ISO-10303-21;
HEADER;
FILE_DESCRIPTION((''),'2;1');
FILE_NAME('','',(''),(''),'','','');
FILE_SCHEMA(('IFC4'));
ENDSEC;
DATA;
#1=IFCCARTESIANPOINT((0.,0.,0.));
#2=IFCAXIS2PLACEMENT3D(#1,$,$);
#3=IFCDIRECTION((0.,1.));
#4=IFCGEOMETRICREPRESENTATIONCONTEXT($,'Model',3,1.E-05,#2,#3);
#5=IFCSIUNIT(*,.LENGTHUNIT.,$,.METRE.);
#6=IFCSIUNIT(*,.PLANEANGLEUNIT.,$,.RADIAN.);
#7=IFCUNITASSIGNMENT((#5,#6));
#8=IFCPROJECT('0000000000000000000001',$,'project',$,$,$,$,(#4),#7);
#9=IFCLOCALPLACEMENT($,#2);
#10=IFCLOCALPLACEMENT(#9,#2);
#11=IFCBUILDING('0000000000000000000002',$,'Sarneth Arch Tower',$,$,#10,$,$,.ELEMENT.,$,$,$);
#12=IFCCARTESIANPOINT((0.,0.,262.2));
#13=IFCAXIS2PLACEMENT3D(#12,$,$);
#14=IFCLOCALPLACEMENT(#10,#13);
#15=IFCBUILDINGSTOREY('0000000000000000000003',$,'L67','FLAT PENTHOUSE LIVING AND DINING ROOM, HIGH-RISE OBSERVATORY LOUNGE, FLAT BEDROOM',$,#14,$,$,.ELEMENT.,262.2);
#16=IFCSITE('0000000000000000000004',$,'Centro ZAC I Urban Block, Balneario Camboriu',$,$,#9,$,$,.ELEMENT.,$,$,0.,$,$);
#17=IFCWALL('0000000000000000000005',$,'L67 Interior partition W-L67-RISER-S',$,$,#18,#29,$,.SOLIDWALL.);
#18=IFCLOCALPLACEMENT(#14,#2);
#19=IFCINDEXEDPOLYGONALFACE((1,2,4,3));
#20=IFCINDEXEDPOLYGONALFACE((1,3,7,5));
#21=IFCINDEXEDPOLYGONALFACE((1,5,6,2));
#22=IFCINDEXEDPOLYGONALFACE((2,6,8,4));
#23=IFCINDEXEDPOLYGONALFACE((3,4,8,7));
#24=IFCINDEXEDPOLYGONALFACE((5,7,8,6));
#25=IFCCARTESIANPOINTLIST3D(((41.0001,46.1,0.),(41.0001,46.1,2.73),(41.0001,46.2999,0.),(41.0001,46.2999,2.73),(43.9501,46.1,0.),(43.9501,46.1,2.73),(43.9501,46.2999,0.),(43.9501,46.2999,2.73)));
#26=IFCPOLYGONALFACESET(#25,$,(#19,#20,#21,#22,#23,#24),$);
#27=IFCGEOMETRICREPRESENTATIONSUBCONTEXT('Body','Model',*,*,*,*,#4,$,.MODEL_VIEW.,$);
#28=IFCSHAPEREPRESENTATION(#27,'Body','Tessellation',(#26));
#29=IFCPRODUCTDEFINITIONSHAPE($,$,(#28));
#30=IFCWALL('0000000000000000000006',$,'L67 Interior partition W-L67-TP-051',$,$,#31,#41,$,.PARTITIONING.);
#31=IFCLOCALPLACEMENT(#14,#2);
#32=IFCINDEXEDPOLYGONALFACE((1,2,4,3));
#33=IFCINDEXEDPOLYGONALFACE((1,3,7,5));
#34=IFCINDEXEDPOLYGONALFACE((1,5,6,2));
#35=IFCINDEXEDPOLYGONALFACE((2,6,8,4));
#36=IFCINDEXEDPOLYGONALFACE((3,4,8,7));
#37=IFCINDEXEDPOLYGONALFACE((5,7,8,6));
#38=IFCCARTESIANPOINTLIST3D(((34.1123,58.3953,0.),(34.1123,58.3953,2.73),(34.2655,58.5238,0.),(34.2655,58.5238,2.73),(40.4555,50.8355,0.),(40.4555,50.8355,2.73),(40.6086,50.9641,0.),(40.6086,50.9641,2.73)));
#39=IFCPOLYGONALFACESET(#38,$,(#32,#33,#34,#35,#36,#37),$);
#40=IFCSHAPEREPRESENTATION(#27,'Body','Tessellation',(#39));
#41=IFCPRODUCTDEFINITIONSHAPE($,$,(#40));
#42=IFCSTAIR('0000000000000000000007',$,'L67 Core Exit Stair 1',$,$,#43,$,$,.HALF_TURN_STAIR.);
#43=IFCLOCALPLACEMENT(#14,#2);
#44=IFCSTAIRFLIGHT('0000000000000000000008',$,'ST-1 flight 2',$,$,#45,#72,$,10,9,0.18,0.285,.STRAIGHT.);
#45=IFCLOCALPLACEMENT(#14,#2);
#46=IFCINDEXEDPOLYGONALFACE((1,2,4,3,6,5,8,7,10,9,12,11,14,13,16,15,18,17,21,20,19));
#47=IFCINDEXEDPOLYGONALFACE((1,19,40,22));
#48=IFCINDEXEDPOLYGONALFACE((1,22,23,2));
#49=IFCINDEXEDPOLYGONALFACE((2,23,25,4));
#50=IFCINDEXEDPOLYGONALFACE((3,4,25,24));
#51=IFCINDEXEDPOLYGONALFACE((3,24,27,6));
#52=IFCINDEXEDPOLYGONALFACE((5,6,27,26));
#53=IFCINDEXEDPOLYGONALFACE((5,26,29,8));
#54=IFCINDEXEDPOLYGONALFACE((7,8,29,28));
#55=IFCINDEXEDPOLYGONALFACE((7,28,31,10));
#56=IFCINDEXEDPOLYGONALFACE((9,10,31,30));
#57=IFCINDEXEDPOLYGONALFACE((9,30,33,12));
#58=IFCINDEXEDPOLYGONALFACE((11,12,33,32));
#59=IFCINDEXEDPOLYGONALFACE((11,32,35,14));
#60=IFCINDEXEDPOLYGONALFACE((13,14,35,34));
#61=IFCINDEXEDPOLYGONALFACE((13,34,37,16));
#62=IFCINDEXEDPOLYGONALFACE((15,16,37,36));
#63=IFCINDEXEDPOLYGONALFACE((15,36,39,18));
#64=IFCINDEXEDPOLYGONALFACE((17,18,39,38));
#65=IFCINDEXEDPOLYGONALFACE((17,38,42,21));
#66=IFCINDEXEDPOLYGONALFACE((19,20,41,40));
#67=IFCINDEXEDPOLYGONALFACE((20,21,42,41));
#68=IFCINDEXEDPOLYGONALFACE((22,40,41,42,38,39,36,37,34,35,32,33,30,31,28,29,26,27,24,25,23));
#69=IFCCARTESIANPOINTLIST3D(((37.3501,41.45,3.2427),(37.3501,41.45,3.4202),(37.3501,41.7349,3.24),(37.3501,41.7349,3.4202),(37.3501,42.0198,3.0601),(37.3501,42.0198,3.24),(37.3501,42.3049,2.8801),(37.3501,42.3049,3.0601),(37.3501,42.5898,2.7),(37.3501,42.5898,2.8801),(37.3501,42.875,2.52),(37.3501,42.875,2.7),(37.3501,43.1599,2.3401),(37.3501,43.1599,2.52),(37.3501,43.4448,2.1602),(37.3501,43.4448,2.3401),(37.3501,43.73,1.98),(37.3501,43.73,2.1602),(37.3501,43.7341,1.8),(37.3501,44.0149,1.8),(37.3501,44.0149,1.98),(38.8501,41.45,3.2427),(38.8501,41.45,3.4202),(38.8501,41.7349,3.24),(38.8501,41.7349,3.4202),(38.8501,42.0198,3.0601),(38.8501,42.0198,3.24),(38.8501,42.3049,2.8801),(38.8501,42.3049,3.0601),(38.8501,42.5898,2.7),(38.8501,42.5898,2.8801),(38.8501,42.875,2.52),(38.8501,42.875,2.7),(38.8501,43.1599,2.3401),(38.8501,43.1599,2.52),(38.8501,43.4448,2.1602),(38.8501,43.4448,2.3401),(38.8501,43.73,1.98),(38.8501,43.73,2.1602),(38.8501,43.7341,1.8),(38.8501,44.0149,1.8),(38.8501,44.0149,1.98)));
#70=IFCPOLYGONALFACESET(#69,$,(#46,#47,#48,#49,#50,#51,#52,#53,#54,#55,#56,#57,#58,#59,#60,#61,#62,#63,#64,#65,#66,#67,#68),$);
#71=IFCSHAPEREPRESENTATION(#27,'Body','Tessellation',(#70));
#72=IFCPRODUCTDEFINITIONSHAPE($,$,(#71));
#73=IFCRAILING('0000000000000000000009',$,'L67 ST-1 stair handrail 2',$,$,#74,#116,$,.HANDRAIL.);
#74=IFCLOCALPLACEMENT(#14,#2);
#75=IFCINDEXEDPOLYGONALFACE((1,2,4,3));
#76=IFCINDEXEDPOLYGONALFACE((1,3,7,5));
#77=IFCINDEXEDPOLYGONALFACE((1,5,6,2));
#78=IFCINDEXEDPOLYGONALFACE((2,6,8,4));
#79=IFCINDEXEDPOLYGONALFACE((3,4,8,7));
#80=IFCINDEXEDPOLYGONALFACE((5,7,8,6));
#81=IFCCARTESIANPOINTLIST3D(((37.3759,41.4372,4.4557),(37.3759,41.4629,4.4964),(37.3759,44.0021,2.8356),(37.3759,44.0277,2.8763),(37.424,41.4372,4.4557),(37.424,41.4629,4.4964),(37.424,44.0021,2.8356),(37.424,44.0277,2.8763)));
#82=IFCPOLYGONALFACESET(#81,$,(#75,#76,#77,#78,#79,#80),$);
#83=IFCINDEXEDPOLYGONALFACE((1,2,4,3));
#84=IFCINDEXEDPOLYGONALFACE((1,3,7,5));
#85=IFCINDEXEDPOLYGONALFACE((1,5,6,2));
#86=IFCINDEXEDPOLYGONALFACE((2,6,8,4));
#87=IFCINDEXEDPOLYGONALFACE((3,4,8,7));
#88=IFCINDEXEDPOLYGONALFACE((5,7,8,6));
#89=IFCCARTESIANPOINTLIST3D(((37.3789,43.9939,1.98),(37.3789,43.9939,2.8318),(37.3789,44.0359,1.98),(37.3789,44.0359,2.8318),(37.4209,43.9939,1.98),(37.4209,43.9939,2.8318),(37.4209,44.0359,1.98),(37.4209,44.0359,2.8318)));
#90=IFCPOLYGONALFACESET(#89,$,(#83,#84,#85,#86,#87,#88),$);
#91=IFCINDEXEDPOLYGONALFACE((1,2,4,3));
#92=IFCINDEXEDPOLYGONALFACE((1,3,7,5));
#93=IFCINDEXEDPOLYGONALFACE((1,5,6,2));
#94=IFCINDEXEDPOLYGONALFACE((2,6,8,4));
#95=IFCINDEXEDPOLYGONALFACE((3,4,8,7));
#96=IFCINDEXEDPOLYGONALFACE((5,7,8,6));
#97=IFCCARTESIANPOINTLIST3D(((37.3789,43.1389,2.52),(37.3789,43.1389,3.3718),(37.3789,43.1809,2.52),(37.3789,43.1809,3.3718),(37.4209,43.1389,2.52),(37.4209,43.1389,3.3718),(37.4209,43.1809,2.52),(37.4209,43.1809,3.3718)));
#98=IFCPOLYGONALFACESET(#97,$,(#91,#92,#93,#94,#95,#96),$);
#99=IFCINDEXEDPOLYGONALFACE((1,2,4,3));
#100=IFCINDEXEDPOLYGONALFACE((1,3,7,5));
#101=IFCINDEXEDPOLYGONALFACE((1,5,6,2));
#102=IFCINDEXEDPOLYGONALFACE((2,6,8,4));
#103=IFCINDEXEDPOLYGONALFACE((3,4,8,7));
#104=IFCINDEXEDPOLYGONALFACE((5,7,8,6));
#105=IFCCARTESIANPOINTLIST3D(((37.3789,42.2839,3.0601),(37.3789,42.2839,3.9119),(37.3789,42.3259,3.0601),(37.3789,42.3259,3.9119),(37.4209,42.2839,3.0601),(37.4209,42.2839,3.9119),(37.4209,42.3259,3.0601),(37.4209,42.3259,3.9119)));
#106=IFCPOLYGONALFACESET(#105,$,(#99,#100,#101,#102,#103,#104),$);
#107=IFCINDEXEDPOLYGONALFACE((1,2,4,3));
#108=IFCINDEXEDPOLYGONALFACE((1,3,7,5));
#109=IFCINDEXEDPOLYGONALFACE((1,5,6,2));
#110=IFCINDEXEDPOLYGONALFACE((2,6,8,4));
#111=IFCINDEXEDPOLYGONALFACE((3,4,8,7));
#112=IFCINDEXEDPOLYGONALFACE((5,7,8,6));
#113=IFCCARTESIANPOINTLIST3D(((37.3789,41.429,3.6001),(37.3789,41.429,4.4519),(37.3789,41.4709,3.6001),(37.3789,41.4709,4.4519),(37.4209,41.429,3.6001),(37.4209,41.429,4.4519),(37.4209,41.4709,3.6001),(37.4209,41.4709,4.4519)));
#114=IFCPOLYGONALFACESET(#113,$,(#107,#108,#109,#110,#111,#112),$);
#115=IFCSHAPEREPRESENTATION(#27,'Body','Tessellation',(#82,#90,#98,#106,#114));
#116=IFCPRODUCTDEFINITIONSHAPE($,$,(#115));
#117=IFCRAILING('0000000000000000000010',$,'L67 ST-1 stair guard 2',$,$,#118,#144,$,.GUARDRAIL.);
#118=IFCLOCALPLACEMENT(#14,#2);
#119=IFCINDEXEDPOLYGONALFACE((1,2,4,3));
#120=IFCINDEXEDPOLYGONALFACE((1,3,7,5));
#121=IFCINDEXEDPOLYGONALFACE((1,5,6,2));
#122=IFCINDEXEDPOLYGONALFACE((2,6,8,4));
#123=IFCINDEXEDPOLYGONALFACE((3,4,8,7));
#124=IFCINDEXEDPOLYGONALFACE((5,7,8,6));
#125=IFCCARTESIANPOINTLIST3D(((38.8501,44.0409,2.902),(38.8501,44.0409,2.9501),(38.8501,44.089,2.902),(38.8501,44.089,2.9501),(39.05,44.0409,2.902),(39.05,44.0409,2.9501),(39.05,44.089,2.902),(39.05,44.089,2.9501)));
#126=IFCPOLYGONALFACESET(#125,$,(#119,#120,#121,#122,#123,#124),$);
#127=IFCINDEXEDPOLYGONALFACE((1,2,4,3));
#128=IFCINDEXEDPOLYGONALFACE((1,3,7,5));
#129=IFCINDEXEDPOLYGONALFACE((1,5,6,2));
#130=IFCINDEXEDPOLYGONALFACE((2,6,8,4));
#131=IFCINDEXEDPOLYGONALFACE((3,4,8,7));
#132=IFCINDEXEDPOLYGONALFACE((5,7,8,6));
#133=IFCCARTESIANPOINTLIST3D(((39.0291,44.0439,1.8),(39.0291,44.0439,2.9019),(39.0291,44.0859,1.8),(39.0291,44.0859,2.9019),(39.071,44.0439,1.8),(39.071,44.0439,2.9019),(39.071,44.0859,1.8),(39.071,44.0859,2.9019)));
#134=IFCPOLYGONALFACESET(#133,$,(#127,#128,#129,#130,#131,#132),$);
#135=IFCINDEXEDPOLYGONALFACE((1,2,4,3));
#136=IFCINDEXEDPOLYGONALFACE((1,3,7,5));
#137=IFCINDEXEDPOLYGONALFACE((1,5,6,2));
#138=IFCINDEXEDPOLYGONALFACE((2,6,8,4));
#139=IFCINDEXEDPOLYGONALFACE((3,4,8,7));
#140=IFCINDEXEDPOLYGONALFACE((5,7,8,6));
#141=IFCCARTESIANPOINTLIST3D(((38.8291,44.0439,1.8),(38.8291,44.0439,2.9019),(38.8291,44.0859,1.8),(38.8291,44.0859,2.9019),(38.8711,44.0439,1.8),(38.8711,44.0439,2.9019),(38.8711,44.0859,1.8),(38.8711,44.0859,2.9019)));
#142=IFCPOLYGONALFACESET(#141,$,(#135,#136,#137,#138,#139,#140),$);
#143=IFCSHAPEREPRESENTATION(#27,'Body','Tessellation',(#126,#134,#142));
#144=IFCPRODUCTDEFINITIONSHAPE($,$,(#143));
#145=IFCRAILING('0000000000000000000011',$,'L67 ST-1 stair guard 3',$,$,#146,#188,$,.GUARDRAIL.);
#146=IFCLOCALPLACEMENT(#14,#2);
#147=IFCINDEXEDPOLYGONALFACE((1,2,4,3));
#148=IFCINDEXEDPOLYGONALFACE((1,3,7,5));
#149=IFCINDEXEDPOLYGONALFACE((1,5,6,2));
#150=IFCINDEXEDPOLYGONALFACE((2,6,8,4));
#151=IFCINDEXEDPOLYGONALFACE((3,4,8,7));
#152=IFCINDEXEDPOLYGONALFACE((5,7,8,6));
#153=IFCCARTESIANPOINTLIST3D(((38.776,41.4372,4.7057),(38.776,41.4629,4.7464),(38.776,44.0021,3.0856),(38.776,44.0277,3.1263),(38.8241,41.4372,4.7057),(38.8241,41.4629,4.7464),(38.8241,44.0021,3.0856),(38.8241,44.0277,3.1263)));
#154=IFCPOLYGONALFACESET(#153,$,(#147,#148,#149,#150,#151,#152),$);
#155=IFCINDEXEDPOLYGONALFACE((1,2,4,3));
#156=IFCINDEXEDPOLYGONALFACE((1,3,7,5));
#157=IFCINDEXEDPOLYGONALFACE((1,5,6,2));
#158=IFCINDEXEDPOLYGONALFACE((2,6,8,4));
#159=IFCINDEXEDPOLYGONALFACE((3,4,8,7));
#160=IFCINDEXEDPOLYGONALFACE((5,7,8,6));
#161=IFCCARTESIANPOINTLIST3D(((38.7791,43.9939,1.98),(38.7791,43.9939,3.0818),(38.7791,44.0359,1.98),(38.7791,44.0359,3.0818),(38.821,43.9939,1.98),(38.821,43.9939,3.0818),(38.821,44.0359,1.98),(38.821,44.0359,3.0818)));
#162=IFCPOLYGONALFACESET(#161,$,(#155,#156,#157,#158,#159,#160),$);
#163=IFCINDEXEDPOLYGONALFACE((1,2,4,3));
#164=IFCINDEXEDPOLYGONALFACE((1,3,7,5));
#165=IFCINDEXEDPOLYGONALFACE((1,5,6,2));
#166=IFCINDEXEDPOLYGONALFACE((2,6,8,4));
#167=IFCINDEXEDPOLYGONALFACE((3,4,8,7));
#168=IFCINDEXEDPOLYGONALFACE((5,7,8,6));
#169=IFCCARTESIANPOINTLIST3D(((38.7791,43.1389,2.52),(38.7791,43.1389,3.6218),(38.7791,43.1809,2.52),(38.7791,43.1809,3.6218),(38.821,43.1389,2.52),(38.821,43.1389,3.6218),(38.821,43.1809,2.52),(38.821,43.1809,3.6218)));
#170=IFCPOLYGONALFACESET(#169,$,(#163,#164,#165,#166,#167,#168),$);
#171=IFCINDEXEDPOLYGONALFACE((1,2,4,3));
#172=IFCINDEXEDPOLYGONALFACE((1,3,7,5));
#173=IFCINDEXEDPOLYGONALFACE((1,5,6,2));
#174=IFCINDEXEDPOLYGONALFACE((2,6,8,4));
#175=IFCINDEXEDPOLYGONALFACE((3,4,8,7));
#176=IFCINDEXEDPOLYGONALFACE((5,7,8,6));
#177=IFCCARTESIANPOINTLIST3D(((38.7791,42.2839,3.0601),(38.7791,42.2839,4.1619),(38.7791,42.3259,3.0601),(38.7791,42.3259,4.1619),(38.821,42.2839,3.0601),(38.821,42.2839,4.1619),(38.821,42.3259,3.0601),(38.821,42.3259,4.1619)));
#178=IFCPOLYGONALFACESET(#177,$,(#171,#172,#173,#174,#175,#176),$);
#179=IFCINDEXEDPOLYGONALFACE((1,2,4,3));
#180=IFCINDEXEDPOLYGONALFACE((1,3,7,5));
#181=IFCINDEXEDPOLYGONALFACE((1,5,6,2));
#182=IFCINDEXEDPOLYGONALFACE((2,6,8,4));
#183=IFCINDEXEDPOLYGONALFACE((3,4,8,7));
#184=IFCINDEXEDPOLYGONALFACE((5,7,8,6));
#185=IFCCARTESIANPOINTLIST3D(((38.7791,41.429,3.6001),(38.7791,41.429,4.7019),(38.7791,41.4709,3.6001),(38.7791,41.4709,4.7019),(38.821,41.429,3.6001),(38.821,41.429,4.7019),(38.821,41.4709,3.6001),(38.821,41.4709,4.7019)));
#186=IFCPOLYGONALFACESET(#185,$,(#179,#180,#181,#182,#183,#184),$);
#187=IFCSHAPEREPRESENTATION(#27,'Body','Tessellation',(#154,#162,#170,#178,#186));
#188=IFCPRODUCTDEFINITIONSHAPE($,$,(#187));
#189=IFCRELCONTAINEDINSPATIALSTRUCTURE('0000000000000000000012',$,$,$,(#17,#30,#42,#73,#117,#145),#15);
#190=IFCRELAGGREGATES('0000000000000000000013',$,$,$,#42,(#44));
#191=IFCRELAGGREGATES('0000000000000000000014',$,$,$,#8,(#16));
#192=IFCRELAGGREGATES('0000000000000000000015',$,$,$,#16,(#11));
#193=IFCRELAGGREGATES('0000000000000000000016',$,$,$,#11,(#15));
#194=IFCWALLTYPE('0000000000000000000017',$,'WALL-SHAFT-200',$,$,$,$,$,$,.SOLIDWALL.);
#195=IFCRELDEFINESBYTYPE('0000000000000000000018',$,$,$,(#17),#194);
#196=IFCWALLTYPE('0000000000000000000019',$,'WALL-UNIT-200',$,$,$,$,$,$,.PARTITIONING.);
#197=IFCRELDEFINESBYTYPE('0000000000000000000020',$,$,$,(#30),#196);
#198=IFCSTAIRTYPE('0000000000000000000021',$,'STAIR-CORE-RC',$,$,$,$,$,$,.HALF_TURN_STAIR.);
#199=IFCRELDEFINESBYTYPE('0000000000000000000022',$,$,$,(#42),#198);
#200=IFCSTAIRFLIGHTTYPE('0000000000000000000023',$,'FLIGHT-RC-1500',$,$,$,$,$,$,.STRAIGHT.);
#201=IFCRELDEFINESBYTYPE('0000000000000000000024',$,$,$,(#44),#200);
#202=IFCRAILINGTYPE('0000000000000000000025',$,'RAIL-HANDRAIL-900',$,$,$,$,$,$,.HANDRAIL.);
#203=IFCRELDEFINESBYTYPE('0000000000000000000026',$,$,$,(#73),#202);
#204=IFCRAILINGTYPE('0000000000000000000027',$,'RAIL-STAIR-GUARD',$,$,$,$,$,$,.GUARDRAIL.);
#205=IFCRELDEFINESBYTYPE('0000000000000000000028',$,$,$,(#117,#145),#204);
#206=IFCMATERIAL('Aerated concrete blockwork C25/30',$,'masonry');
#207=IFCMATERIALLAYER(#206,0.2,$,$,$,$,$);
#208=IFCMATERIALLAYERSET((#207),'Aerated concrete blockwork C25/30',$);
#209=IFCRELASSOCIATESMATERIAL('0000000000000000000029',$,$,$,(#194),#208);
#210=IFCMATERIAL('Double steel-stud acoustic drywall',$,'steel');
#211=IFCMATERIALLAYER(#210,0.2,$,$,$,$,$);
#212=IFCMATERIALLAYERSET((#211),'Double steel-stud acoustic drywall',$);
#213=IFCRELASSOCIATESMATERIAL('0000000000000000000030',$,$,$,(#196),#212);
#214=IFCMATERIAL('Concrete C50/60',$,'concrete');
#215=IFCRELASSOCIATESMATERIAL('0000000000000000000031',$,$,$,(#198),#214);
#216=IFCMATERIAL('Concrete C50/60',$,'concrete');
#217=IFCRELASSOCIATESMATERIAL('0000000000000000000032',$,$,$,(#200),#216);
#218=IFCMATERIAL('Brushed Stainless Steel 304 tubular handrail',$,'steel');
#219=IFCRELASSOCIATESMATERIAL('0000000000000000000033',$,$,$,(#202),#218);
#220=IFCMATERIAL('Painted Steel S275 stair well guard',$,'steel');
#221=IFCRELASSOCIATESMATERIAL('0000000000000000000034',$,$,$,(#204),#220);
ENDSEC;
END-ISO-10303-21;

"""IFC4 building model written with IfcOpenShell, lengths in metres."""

from ifc_helpers import new_model, si_unit, direction, frame, frame_2d, origin, origin_2d, place, context, subcontext, project, spatial, polyline, rectangle, outline, extrude, material, layer, layer_set, type_object, element, aggregate, save


model = new_model("IFC4")

# Units and contexts
model_context = context("Model", 3, precision=1e-05, world=origin(), true_north=direction((0.0, 1.0)))
body_context = subcontext(model_context, "Body", "Model", "MODEL_VIEW")
ifc_project = project(units=[si_unit("LENGTHUNIT", "METRE"), si_unit("PLANEANGLEUNIT", "RADIAN")], contexts=[model_context])

# Site, building, storey
site_placement = place(None, origin())
site = spatial("IfcSite", under=ifc_project, at=site_placement, Name="Centro ZAC I Urban Block, Balneario Camboriu", CompositionType="ELEMENT", RefElevation=0.0)
building_placement = place(site_placement, origin())
building = spatial("IfcBuilding", under=site, at=building_placement, Name="Sarneth Arch Tower", CompositionType="ELEMENT")
storey_placement = place(building_placement, frame((0.0, 0.0, 262.2)))
storey = spatial("IfcBuildingStorey", under=building, at=storey_placement, Name="L67", Description="FLAT PENTHOUSE LIVING AND DINING ROOM, HIGH-RISE OBSERVATORY LOUNGE, FLAT BEDROOM", CompositionType="ELEMENT", Elevation=262.2)

# Wall
ifc_material_1 = material(Name="Aerated concrete blockwork C25/30", Category="masonry")
ifc_layer_1 = layer(ifc_material_1, 0.2)
ifc_layer_set_1 = layer_set([ifc_layer_1], Name="Aerated concrete blockwork C25/30")
wall_type_1 = type_object("IfcWallType", Name="WALL-SHAFT-200", PredefinedType="SOLIDWALL", material=ifc_layer_set_1)
wall_1_placement = place(storey_placement, frame((41.0, 46.2, 0.0), z_axis=(0.0, 0.0, 1.0), x_axis=(1.0, 0.0, 0.0)))
element("IfcWall", 1, at=wall_1_placement, inside=storey, type_object=wall_type_1, Name="L67 Interior partition W-L67-RISER-S", PredefinedType="SOLIDWALL", context=body_context, shape_type="SweptSolid", body=[
    extrude(rectangle(XDim=2.95, YDim=0.2, at=frame_2d((1.4751, 0.0))), origin(), (0.0, 0.0, 1.0), 2.73),
])

# Wall
ifc_material_2 = material(Name="Double steel-stud acoustic drywall", Category="steel")
ifc_layer_2 = layer(ifc_material_2, 0.2)
ifc_layer_set_2 = layer_set([ifc_layer_2], Name="Double steel-stud acoustic drywall")
wall_type_2 = type_object("IfcWallType", Name="WALL-UNIT-200", PredefinedType="PARTITIONING", material=ifc_layer_set_2)
wall_2_placement = place(storey_placement, frame((40.532, 50.8999, 0.0), z_axis=(0.0, 0.0, 1.0), x_axis=(-0.642777, 0.766053, 0.0)))
element("IfcWall", 2, at=wall_2_placement, inside=storey, type_object=wall_type_2, Name="L67 Interior partition W-L67-TP-051", PredefinedType="PARTITIONING", context=body_context, shape_type="SweptSolid", body=[
    extrude(rectangle(XDim=9.8684, YDim=0.2, at=frame_2d((4.9341, 0.0))), origin(), (0.0, 0.0, 1.0), 2.73),
])

# Stair, stair flight
ifc_material_3 = material(Name="Concrete C50/60", Category="concrete")
stair_type = type_object("IfcStairType", Name="STAIR-CORE-RC", PredefinedType="HALF_TURN_STAIR", material=ifc_material_3)
stair_placement = place(storey_placement, origin())
stair = element("IfcStair", 3, at=stair_placement, inside=storey, type_object=stair_type, Name="L67 Core Exit Stair 1", PredefinedType="HALF_TURN_STAIR")
ifc_material_4 = material(Name="Concrete C50/60", Category="concrete")
stair_flight_type = type_object("IfcStairFlightType", Name="FLIGHT-RC-1500", PredefinedType="STRAIGHT", material=ifc_material_4)
stair_flight_placement = place(storey_placement, frame((38.1001, 44.0149, 1.8), z_axis=(0.0, 0.0, 1.0), x_axis=(0.0, -1.0, 0.0)))
stair_flight = element("IfcStairFlight", 4, at=stair_flight_placement, type_object=stair_flight_type, Name="ST-1 flight 2", NumberOfRisers=10, NumberOfTreads=9, PredefinedType="STRAIGHT", RiserHeight=0.18, TreadLength=0.285, context=body_context, shape_type="SweptSolid", body=[
    extrude(outline(polyline([(0.0, 0.0), (0.0, 0.1799), (0.2849, 0.1799), (0.2849, 0.3601), (0.5701, 0.3601), (0.5701, 0.54), (0.855, 0.54), (0.855, 0.72), (1.1399, 0.72), (1.1399, 0.8999), (1.425, 0.8999), (1.425, 1.0801), (1.71, 1.0801), (1.71, 1.26), (1.9951, 1.26), (1.9951, 1.4399), (2.28, 1.4399), (2.28, 1.6201), (2.5649, 1.6201), (2.5649, 1.8), (2.5649, 1.4426), (0.2808, 0.0), (0.0, 0.0)])), frame((0.0, 0.75, 0.0), z_axis=(0.0, -1.0, 0.0), x_axis=(1.0, 0.0, 0.0)), (0.0, 0.0, 1.0), 1.5),
])
aggregate(stair, [stair_flight])

# Railings
ifc_material_5 = material(Name="Brushed Stainless Steel 304 tubular handrail", Category="steel")
railing_type_1 = type_object("IfcRailingType", Name="RAIL-HANDRAIL-900", PredefinedType="HANDRAIL", material=ifc_material_5)
railing_1_placement = place(storey_placement, frame((37.3999, 44.0149, 1.98)))
element("IfcRailing", 5, at=railing_1_placement, inside=storey, type_object=railing_type_1, Name="L67 ST-1 stair handrail 2", PredefinedType="HANDRAIL", context=body_context, shape_type="SweptSolid", body=[
    extrude(rectangle(XDim=0.0481, YDim=0.0481, at=origin_2d()), frame((0.0, 0.0, 0.876), z_axis=(0.0, -0.845466, 0.534029), x_axis=(1.0, 0.0, 0.0)), (0.0, 0.0, 1.0), 3.0337),
    extrude(rectangle(XDim=0.042, YDim=0.042, at=origin_2d()), origin(), (0.0, 0.0, 1.0), 0.8518),
    extrude(rectangle(XDim=0.042, YDim=0.042, at=origin_2d()), frame((0.0, -0.855, 0.54)), (0.0, 0.0, 1.0), 0.8518),
    extrude(rectangle(XDim=0.042, YDim=0.042, at=origin_2d()), frame((0.0, -1.71, 1.0801)), (0.0, 0.0, 1.0), 0.8518),
    extrude(rectangle(XDim=0.042, YDim=0.042, at=origin_2d()), frame((0.0, -2.5649, 1.6201)), (0.0, 0.0, 1.0), 0.8518),
])
ifc_material_6 = material(Name="Painted Steel S275 stair well guard", Category="steel")
railing_type_2 = type_object("IfcRailingType", Name="RAIL-STAIR-GUARD", PredefinedType="GUARDRAIL", material=ifc_material_6)
railing_2_placement = place(storey_placement, frame((39.05, 44.0649, 1.8)))
element("IfcRailing", 6, at=railing_2_placement, inside=storey, type_object=railing_type_2, Name="L67 ST-1 stair guard 2", PredefinedType="GUARDRAIL", context=body_context, shape_type="SweptSolid", body=[
    extrude(rectangle(XDim=0.0481, YDim=0.0481, at=origin_2d()), frame((0.0, 0.0, 1.126), z_axis=(-1.0, 0.0, 0.0), x_axis=(0.0, -1.0, 0.0)), (0.0, 0.0, 1.0), 0.2),
    extrude(rectangle(XDim=0.042, YDim=0.042, at=origin_2d()), origin(), (0.0, 0.0, 1.0), 1.1018),
    extrude(rectangle(XDim=0.042, YDim=0.042, at=origin_2d()), frame((-0.2, 0.0, 0.0)), (0.0, 0.0, 1.0), 1.1018),
])
railing_3_placement = place(storey_placement, frame((38.8, 44.0149, 1.98)))
element("IfcRailing", 7, at=railing_3_placement, inside=storey, type_object=railing_type_2, Name="L67 ST-1 stair guard 3", PredefinedType="GUARDRAIL", context=body_context, shape_type="SweptSolid", body=[
    extrude(rectangle(XDim=0.0481, YDim=0.0481, at=origin_2d()), frame((0.0, 0.0, 1.126), z_axis=(0.0, -0.845466, 0.534029), x_axis=(1.0, 0.0, 0.0)), (0.0, 0.0, 1.0), 3.0337),
    extrude(rectangle(XDim=0.042, YDim=0.042, at=origin_2d()), origin(), (0.0, 0.0, 1.0), 1.1018),
    extrude(rectangle(XDim=0.042, YDim=0.042, at=origin_2d()), frame((0.0, -0.855, 0.54)), (0.0, 0.0, 1.0), 1.1018),
    extrude(rectangle(XDim=0.042, YDim=0.042, at=origin_2d()), frame((0.0, -1.71, 1.0801)), (0.0, 0.0, 1.0), 1.1018),
    extrude(rectangle(XDim=0.042, YDim=0.042, at=origin_2d()), frame((0.0, -2.5649, 1.6201)), (0.0, 0.0, 1.0), 1.1018),
])

save(model, "model.ifc")
